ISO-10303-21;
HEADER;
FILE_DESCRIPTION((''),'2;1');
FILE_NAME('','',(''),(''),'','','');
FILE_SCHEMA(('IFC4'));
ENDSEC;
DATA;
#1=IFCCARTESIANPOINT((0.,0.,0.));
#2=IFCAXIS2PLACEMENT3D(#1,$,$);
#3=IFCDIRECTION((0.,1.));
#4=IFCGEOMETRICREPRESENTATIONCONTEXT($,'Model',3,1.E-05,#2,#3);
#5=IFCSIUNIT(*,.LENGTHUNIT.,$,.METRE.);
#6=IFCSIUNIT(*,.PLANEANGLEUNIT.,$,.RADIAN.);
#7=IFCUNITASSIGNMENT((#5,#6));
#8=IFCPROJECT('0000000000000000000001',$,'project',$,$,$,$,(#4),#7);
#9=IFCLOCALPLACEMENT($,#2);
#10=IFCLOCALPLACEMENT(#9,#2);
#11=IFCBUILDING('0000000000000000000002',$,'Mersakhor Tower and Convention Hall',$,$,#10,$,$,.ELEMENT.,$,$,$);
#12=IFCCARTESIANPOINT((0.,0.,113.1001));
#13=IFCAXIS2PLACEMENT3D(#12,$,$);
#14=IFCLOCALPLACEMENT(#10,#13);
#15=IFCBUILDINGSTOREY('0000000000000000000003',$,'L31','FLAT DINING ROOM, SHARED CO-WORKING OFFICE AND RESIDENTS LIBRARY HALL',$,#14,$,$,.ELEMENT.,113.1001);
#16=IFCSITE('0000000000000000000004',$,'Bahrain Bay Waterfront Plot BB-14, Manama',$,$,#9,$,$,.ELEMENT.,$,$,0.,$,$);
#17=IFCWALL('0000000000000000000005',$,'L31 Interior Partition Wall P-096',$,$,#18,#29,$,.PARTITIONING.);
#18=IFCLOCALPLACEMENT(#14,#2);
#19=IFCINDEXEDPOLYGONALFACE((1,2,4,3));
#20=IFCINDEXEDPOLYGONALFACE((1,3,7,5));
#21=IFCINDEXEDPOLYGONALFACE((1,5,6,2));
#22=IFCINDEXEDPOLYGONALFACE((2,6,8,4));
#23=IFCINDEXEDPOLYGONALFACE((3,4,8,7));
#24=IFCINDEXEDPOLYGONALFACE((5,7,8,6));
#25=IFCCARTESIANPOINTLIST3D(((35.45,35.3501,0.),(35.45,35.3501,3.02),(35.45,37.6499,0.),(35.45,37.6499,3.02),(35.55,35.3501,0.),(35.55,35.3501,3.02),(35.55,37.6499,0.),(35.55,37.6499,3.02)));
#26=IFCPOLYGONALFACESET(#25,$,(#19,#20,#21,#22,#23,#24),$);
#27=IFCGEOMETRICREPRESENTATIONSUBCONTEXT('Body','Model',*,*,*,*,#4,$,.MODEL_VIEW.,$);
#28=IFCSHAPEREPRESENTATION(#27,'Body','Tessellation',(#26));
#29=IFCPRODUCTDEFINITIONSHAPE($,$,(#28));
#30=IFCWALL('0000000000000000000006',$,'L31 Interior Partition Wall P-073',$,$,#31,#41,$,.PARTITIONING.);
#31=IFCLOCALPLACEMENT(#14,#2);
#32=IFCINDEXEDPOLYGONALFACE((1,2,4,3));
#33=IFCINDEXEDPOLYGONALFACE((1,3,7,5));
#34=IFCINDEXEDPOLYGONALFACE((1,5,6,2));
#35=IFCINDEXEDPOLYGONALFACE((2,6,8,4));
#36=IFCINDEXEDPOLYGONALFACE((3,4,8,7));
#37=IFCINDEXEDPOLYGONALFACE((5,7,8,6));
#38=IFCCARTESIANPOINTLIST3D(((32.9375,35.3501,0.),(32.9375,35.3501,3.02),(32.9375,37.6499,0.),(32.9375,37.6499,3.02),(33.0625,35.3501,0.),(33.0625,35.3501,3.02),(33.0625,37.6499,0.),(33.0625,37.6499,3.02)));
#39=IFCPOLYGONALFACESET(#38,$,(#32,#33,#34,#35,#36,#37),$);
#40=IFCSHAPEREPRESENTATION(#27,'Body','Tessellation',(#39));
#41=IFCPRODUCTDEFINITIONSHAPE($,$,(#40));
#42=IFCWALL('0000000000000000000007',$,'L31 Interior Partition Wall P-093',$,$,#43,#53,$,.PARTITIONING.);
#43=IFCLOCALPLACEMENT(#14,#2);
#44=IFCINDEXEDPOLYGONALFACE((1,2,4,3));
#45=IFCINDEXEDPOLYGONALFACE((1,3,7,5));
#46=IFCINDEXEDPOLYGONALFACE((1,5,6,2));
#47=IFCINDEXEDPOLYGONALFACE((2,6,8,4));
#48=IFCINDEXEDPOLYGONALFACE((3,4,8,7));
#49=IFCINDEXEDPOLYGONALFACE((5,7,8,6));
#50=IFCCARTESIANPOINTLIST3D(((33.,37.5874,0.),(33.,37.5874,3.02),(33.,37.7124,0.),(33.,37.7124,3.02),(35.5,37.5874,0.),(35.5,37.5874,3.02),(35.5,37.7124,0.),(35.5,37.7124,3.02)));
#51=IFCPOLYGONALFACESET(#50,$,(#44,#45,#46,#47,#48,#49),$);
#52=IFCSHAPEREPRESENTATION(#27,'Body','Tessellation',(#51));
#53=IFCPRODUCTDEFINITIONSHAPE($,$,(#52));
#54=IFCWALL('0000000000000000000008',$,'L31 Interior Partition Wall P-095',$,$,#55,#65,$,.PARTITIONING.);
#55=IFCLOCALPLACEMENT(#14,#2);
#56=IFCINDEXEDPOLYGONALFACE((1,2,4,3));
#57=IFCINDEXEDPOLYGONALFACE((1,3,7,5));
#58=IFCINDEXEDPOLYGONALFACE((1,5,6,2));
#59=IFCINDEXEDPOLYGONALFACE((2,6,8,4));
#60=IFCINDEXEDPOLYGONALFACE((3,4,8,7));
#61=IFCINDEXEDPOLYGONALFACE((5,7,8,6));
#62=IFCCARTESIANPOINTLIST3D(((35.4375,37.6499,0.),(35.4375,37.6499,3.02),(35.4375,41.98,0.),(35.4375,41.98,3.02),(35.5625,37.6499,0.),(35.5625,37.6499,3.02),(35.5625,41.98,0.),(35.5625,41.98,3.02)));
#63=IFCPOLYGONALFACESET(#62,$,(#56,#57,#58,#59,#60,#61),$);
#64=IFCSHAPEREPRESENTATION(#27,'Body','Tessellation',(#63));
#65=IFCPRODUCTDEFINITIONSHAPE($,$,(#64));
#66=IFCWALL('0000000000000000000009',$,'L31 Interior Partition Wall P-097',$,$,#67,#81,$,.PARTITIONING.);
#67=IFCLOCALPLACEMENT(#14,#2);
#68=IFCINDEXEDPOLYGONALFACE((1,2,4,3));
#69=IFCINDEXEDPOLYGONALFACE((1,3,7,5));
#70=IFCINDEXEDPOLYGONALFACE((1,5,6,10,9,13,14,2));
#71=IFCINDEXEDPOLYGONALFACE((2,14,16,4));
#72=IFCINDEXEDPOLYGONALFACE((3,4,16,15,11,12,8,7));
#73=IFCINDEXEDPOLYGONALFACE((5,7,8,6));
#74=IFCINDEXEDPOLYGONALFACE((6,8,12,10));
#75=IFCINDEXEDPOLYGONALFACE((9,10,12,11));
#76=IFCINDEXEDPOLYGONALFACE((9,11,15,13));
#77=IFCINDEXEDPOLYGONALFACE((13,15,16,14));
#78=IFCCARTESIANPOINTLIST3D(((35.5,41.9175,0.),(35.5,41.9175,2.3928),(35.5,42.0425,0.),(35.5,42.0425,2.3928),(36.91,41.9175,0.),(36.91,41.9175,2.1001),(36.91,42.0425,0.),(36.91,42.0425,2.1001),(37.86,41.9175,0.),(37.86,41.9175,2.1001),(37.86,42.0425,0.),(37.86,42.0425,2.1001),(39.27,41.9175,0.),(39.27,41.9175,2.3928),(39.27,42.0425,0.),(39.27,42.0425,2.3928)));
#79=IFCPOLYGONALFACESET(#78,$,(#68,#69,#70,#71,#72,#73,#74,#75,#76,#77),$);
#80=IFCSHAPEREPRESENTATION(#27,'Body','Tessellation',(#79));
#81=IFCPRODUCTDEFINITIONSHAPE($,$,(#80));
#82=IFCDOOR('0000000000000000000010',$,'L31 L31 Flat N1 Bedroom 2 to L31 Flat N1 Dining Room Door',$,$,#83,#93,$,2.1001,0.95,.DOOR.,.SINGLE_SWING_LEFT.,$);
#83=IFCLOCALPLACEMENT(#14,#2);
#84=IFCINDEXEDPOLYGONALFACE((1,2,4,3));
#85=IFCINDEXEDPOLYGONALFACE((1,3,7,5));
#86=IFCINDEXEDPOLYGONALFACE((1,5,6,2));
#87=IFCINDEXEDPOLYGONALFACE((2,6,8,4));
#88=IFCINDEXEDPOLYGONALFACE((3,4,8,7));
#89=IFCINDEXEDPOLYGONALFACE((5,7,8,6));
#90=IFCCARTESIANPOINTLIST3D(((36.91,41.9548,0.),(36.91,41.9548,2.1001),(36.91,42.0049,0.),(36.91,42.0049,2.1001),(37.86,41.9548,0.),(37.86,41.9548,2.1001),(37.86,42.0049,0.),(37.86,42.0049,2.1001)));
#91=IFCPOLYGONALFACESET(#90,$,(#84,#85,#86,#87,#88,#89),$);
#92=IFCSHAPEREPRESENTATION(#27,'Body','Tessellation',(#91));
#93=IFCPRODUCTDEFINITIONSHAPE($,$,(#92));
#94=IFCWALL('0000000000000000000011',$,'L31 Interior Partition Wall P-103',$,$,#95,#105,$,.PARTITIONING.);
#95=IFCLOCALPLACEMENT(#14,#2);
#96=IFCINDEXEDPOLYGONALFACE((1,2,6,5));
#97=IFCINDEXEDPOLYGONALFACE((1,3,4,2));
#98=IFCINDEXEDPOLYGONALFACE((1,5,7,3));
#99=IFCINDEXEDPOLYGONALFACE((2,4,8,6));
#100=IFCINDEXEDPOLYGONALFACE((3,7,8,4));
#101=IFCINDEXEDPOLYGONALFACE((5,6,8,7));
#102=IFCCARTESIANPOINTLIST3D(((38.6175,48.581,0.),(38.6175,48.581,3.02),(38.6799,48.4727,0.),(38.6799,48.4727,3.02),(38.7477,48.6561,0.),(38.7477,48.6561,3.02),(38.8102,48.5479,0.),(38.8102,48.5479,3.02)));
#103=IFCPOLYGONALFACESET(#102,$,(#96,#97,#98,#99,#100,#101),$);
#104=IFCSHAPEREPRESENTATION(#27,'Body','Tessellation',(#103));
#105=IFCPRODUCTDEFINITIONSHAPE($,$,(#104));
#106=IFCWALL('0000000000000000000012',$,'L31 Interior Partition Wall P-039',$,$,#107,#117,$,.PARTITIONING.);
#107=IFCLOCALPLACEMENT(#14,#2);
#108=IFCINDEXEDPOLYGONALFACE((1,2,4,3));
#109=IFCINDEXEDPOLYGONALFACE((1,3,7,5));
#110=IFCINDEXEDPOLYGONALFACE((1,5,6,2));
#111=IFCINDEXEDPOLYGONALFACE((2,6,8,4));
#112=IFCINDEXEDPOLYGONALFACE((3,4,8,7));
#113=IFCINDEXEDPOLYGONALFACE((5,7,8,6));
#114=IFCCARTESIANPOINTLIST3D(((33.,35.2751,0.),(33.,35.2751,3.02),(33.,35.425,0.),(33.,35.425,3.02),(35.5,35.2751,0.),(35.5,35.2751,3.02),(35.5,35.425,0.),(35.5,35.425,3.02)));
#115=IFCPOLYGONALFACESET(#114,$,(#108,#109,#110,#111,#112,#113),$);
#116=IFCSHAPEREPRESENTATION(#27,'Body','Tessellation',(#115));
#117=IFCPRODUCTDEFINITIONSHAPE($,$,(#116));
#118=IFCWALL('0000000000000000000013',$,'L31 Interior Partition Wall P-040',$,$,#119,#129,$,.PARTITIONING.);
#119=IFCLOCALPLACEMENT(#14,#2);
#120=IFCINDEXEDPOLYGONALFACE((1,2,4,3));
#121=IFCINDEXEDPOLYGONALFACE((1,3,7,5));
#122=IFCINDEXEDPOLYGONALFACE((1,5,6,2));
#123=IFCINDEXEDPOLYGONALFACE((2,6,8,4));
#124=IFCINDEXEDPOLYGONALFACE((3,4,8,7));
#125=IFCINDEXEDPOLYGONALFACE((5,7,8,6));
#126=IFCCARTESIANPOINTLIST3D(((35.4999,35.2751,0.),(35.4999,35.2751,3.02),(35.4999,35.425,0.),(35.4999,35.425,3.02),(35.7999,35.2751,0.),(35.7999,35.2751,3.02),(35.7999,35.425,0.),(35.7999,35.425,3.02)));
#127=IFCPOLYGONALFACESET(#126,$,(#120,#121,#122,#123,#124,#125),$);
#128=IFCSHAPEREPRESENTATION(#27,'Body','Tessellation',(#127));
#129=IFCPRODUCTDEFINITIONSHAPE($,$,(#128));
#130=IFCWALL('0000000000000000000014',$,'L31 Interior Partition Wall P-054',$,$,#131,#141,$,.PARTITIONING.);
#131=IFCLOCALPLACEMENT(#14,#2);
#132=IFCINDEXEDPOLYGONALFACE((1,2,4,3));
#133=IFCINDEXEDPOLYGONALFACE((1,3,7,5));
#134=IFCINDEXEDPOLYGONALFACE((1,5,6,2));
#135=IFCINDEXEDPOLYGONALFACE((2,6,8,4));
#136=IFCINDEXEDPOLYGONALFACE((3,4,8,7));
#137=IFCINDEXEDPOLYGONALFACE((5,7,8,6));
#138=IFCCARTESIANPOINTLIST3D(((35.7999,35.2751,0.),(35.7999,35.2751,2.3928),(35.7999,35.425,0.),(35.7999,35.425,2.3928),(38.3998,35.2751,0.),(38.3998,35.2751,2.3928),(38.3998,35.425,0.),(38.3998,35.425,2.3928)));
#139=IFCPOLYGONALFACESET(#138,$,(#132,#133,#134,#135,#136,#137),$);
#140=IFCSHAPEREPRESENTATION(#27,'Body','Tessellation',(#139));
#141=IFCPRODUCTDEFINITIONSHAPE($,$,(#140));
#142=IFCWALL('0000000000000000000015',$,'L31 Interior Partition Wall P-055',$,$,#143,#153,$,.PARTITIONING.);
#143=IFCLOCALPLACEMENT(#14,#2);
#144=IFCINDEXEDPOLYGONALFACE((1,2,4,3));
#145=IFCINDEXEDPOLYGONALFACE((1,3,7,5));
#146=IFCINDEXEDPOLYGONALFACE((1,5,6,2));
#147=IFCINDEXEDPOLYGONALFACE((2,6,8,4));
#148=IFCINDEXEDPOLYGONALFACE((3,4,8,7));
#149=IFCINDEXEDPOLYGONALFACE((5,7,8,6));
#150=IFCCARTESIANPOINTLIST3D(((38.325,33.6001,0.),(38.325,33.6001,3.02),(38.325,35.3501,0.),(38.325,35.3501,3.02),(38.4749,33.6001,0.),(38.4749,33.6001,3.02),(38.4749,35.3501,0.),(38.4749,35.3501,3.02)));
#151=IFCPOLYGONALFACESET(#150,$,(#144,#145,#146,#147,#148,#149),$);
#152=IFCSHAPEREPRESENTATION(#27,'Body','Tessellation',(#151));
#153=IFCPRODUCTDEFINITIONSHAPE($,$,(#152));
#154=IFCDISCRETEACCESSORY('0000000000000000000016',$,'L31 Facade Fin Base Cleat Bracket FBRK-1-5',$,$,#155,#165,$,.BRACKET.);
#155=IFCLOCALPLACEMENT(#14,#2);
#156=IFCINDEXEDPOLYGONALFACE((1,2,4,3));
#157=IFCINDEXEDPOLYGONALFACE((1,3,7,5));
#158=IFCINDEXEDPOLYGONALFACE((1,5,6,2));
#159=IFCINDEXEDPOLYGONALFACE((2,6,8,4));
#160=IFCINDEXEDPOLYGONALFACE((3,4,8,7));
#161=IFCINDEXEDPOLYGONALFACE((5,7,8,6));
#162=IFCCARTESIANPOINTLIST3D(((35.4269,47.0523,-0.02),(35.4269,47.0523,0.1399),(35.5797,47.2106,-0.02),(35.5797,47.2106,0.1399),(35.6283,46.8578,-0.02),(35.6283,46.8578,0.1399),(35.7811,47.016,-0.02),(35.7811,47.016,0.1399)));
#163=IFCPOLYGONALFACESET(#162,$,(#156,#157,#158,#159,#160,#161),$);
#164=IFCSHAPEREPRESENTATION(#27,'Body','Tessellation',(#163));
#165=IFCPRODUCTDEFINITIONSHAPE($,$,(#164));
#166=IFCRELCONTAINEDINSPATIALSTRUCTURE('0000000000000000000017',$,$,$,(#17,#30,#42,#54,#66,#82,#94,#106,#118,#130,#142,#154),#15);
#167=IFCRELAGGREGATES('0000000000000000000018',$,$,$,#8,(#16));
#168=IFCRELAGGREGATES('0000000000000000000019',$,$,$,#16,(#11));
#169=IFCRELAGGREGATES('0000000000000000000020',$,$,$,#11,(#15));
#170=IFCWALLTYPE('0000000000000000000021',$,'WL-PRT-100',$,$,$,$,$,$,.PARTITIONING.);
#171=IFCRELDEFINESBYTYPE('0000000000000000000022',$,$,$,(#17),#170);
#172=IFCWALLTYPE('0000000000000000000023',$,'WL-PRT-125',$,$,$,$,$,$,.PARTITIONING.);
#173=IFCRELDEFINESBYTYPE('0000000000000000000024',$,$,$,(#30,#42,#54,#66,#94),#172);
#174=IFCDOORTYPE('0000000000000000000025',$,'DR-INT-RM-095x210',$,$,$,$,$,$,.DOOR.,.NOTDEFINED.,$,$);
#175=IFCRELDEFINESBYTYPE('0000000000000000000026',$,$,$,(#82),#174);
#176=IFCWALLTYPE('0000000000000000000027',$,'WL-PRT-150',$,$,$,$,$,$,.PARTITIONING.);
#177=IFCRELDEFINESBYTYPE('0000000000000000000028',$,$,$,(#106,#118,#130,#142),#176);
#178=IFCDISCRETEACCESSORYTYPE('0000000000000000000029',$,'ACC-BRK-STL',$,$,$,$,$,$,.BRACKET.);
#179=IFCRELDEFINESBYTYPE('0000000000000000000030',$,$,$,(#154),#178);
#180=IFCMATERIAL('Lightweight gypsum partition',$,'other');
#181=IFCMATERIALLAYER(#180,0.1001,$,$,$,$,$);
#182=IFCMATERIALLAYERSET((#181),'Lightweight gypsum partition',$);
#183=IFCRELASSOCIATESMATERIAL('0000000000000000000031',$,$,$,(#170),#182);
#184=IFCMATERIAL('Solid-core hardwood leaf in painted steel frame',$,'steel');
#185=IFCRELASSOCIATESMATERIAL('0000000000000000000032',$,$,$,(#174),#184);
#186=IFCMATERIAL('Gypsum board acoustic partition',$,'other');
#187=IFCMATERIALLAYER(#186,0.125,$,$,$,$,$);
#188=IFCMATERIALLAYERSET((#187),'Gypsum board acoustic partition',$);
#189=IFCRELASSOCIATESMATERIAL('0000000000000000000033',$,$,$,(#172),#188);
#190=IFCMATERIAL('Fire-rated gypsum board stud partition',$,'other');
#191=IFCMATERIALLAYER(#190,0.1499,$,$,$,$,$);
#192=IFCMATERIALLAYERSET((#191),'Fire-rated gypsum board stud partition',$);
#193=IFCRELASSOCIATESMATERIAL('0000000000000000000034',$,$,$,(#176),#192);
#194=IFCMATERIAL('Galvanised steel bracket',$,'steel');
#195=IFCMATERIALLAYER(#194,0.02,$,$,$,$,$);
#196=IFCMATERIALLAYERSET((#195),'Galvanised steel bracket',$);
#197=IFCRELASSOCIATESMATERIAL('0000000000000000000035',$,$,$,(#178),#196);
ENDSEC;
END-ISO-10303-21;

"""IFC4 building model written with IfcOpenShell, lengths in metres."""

from ifc_helpers import new_model, si_unit, direction, frame, frame_2d, origin, origin_2d, place, context, subcontext, project, spatial, rectangle, extrude, material, layer, layer_set, type_object, element, fill, save


model = new_model("IFC4")

# Units and contexts
model_context = context("Model", 3, precision=1e-05, world=origin(), true_north=direction((0.0, 1.0)))
body_context = subcontext(model_context, "Body", "Model", "MODEL_VIEW")
ifc_project = project(units=[si_unit("LENGTHUNIT", "METRE"), si_unit("PLANEANGLEUNIT", "RADIAN")], contexts=[model_context])

# Site, building, storey
site_placement = place(None, origin())
site = spatial("IfcSite", under=ifc_project, at=site_placement, Name="Bahrain Bay Waterfront Plot BB-14, Manama", CompositionType="ELEMENT", RefElevation=0.0)
building_placement = place(site_placement, origin())
building = spatial("IfcBuilding", under=site, at=building_placement, Name="Mersakhor Tower and Convention Hall", CompositionType="ELEMENT")
storey_placement = place(building_placement, frame((0.0, 0.0, 113.1001)))
storey = spatial("IfcBuildingStorey", under=building, at=storey_placement, Name="L31", Description="FLAT DINING ROOM, SHARED CO-WORKING OFFICE AND RESIDENTS LIBRARY HALL", CompositionType="ELEMENT", Elevation=113.1001)

# Shared definitions
ifc_material_1 = material(Name="Lightweight gypsum partition", Category="other")
ifc_layer_1 = layer(ifc_material_1, 0.1001)
ifc_layer_set_1 = layer_set([ifc_layer_1], Name="Lightweight gypsum partition")
wall_type_1 = type_object("IfcWallType", Name="WL-PRT-100", PredefinedType="PARTITIONING", material=ifc_layer_set_1)
ifc_material_2 = material(Name="Solid-core hardwood leaf in painted steel frame", Category="steel")
door_type_1 = type_object("IfcDoorType", Name="DR-INT-RM-095x210", OperationType="NOTDEFINED", PredefinedType="DOOR", material=ifc_material_2)

# Walls
wall_1_placement = place(storey_placement, frame((35.5, 35.3501, 0.0), z_axis=(0.0, 0.0, 1.0), x_axis=(0.0, 1.0, 0.0)))
element("IfcWall", 1, at=wall_1_placement, inside=storey, type_object=wall_type_1, Name="L31 Interior Partition Wall P-096", PredefinedType="PARTITIONING", context=body_context, shape_type="SweptSolid", body=[
    extrude(rectangle(XDim=2.2998, YDim=0.1001, at=frame_2d((1.1499, 0.0))), origin(), (0.0, 0.0, 1.0), 3.02),
])
ifc_material_3 = material(Name="Gypsum board acoustic partition", Category="other")
ifc_layer_2 = layer(ifc_material_3, 0.125)
ifc_layer_set_2 = layer_set([ifc_layer_2], Name="Gypsum board acoustic partition")
wall_type_2 = type_object("IfcWallType", Name="WL-PRT-125", PredefinedType="PARTITIONING", material=ifc_layer_set_2)
wall_2_placement = place(storey_placement, frame((33.0, 37.6499, 0.0), z_axis=(0.0, 0.0, 1.0), x_axis=(0.0, -1.0, 0.0)))
element("IfcWall", 2, at=wall_2_placement, inside=storey, type_object=wall_type_2, Name="L31 Interior Partition Wall P-073", PredefinedType="PARTITIONING", context=body_context, shape_type="SweptSolid", body=[
    extrude(rectangle(XDim=2.2998, YDim=0.125, at=frame_2d((1.1499, 0.0))), origin(), (0.0, 0.0, 1.0), 3.02),
])
wall_3_placement = place(storey_placement, frame((35.5, 37.6499, 0.0), z_axis=(0.0, 0.0, 1.0), x_axis=(-1.0, 0.0, 0.0)))
element("IfcWall", 3, at=wall_3_placement, inside=storey, type_object=wall_type_2, Name="L31 Interior Partition Wall P-093", PredefinedType="PARTITIONING", context=body_context, shape_type="SweptSolid", body=[
    extrude(rectangle(XDim=2.5, YDim=0.125, at=frame_2d((1.25, 0.0))), origin(), (0.0, 0.0, 1.0), 3.02),
])
wall_4_placement = place(storey_placement, frame((35.5, 41.98, 0.0), z_axis=(0.0, 0.0, 1.0), x_axis=(0.0, -1.0, 0.0)))
element("IfcWall", 4, at=wall_4_placement, inside=storey, type_object=wall_type_2, Name="L31 Interior Partition Wall P-095", PredefinedType="PARTITIONING", context=body_context, shape_type="SweptSolid", body=[
    extrude(rectangle(XDim=4.3301, YDim=0.125, at=frame_2d((2.165, 0.0))), origin(), (0.0, 0.0, 1.0), 3.02),
])

# Wall, opening, door
wall_5_placement = place(storey_placement, frame((35.5, 41.98, 0.0), z_axis=(0.0, 0.0, 1.0), x_axis=(1.0, 0.0, 0.0)))
wall_5 = element("IfcWall", 5, at=wall_5_placement, inside=storey, type_object=wall_type_2, Name="L31 Interior Partition Wall P-097", PredefinedType="PARTITIONING", context=body_context, shape_type="SweptSolid", body=[
    extrude(rectangle(XDim=3.77, YDim=0.125, at=frame_2d((1.885, 0.0))), origin(), (0.0, 0.0, 1.0), 2.3928),
])
opening_1_placement = place(wall_5_placement, frame((1.4099, 0.0, 0.0)))
opening_1 = element("IfcOpeningElement", 6, at=opening_1_placement, cuts=wall_5, PredefinedType="OPENING", context=body_context, shape_type="SweptSolid", body=[
    extrude(rectangle(XDim=0.95, YDim=2.1001, at=frame_2d((0.4751, 1.05))), frame((0.0, 0.0725, 0.0), z_axis=(0.0, -1.0, 0.0), x_axis=(1.0, 0.0, 0.0)), (0.0, 0.0, 1.0), 0.145),
])
door_1_placement = place(opening_1_placement, origin())
door_1 = element("IfcDoor", 7, at=door_1_placement, inside=storey, type_object=door_type_1, Name="L31 L31 Flat N1 Bedroom 2 to L31 Flat N1 Dining Room Door", OperationType="SINGLE_SWING_LEFT", OverallHeight=2.1001, OverallWidth=0.95, PredefinedType="DOOR", context=body_context, shape_type="SweptSolid", body=[
    extrude(rectangle(XDim=0.95, YDim=2.1001, at=frame_2d((0.4751, 1.05))), frame((0.0, 0.0249, 0.0), z_axis=(0.0, -1.0, 0.0), x_axis=(1.0, 0.0, 0.0)), (0.0, 0.0, 1.0), 0.05),
])
fill(opening_1, door_1)

# Walls
wall_6_placement = place(storey_placement, frame((38.6487, 48.5269, 0.0), z_axis=(0.0, 0.0, 1.0), x_axis=(0.86624, 0.499629, 0.0)))
element("IfcWall", 8, at=wall_6_placement, inside=storey, type_object=wall_type_2, Name="L31 Interior Partition Wall P-103", PredefinedType="PARTITIONING", context=body_context, shape_type="SweptSolid", body=[
    extrude(rectangle(XDim=0.1504, YDim=0.125, at=frame_2d((0.0752, 0.0))), origin(), (0.0, 0.0, 1.0), 3.02),
])
ifc_material_4 = material(Name="Fire-rated gypsum board stud partition", Category="other")
ifc_layer_3 = layer(ifc_material_4, 0.1499)
ifc_layer_set_3 = layer_set([ifc_layer_3], Name="Fire-rated gypsum board stud partition")
wall_type_3 = type_object("IfcWallType", Name="WL-PRT-150", PredefinedType="PARTITIONING", material=ifc_layer_set_3)
wall_7_placement = place(storey_placement, frame((33.0, 35.3501, 0.0), z_axis=(0.0, 0.0, 1.0), x_axis=(1.0, 0.0, 0.0)))
element("IfcWall", 9, at=wall_7_placement, inside=storey, type_object=wall_type_3, Name="L31 Interior Partition Wall P-039", PredefinedType="PARTITIONING", context=body_context, shape_type="SweptSolid", body=[
    extrude(rectangle(XDim=2.5, YDim=0.1499, at=frame_2d((1.25, 0.0))), origin(), (0.0, 0.0, 1.0), 3.02),
])
wall_8_placement = place(storey_placement, frame((35.5, 35.3501, 0.0), z_axis=(0.0, 0.0, 1.0), x_axis=(1.0, 0.0, 0.0)))
element("IfcWall", 10, at=wall_8_placement, inside=storey, type_object=wall_type_3, Name="L31 Interior Partition Wall P-040", PredefinedType="PARTITIONING", context=body_context, shape_type="SweptSolid", body=[
    extrude(rectangle(XDim=0.3, YDim=0.1499, at=frame_2d((0.1499, 0.0))), origin(), (0.0, 0.0, 1.0), 3.02),
])

# Walls
wall_9_placement = place(storey_placement, frame((35.8, 35.3501, 0.0), z_axis=(0.0, 0.0, 1.0), x_axis=(1.0, 0.0, 0.0)))
element("IfcWall", 11, at=wall_9_placement, inside=storey, type_object=wall_type_3, Name="L31 Interior Partition Wall P-054", PredefinedType="PARTITIONING", context=body_context, shape_type="SweptSolid", body=[
    extrude(rectangle(XDim=2.5999, YDim=0.1499, at=frame_2d((1.2998, 0.0))), origin(), (0.0, 0.0, 1.0), 2.3928),
])
wall_10_placement = place(storey_placement, frame((38.3999, 35.3501, 0.0), z_axis=(0.0, 0.0, 1.0), x_axis=(0.0, -1.0, 0.0)))
element("IfcWall", 12, at=wall_10_placement, inside=storey, type_object=wall_type_3, Name="L31 Interior Partition Wall P-055", PredefinedType="PARTITIONING", context=body_context, shape_type="SweptSolid", body=[
    extrude(rectangle(XDim=1.75, YDim=0.1499, at=frame_2d((0.875, 0.0))), origin(), (0.0, 0.0, 1.0), 3.02),
])

# Discrete accessory
ifc_material_5 = material(Name="Galvanised steel bracket", Category="steel")
ifc_layer_4 = layer(ifc_material_5, 0.02)
ifc_layer_set_4 = layer_set([ifc_layer_4], Name="Galvanised steel bracket")
discrete_accessory_type = type_object("IfcDiscreteAccessoryType", Name="ACC-BRK-STL", PredefinedType="BRACKET", material=ifc_layer_set_4)
discrete_accessory_placement = place(storey_placement, frame((35.604, 47.0342, -0.02), z_axis=(0.0, 0.0, 1.0), x_axis=(-0.71934, 0.694658, 0.0)))
element("IfcDiscreteAccessory", 13, at=discrete_accessory_placement, inside=storey, type_object=discrete_accessory_type, Name="L31 Facade Fin Base Cleat Bracket FBRK-1-5", PredefinedType="BRACKET", context=body_context, shape_type="SweptSolid", body=[
    extrude(rectangle(XDim=0.28, YDim=0.22, at=origin_2d()), origin(), (0.0, 0.0, 1.0), 0.1599),
])

save(model, "model.ifc")
